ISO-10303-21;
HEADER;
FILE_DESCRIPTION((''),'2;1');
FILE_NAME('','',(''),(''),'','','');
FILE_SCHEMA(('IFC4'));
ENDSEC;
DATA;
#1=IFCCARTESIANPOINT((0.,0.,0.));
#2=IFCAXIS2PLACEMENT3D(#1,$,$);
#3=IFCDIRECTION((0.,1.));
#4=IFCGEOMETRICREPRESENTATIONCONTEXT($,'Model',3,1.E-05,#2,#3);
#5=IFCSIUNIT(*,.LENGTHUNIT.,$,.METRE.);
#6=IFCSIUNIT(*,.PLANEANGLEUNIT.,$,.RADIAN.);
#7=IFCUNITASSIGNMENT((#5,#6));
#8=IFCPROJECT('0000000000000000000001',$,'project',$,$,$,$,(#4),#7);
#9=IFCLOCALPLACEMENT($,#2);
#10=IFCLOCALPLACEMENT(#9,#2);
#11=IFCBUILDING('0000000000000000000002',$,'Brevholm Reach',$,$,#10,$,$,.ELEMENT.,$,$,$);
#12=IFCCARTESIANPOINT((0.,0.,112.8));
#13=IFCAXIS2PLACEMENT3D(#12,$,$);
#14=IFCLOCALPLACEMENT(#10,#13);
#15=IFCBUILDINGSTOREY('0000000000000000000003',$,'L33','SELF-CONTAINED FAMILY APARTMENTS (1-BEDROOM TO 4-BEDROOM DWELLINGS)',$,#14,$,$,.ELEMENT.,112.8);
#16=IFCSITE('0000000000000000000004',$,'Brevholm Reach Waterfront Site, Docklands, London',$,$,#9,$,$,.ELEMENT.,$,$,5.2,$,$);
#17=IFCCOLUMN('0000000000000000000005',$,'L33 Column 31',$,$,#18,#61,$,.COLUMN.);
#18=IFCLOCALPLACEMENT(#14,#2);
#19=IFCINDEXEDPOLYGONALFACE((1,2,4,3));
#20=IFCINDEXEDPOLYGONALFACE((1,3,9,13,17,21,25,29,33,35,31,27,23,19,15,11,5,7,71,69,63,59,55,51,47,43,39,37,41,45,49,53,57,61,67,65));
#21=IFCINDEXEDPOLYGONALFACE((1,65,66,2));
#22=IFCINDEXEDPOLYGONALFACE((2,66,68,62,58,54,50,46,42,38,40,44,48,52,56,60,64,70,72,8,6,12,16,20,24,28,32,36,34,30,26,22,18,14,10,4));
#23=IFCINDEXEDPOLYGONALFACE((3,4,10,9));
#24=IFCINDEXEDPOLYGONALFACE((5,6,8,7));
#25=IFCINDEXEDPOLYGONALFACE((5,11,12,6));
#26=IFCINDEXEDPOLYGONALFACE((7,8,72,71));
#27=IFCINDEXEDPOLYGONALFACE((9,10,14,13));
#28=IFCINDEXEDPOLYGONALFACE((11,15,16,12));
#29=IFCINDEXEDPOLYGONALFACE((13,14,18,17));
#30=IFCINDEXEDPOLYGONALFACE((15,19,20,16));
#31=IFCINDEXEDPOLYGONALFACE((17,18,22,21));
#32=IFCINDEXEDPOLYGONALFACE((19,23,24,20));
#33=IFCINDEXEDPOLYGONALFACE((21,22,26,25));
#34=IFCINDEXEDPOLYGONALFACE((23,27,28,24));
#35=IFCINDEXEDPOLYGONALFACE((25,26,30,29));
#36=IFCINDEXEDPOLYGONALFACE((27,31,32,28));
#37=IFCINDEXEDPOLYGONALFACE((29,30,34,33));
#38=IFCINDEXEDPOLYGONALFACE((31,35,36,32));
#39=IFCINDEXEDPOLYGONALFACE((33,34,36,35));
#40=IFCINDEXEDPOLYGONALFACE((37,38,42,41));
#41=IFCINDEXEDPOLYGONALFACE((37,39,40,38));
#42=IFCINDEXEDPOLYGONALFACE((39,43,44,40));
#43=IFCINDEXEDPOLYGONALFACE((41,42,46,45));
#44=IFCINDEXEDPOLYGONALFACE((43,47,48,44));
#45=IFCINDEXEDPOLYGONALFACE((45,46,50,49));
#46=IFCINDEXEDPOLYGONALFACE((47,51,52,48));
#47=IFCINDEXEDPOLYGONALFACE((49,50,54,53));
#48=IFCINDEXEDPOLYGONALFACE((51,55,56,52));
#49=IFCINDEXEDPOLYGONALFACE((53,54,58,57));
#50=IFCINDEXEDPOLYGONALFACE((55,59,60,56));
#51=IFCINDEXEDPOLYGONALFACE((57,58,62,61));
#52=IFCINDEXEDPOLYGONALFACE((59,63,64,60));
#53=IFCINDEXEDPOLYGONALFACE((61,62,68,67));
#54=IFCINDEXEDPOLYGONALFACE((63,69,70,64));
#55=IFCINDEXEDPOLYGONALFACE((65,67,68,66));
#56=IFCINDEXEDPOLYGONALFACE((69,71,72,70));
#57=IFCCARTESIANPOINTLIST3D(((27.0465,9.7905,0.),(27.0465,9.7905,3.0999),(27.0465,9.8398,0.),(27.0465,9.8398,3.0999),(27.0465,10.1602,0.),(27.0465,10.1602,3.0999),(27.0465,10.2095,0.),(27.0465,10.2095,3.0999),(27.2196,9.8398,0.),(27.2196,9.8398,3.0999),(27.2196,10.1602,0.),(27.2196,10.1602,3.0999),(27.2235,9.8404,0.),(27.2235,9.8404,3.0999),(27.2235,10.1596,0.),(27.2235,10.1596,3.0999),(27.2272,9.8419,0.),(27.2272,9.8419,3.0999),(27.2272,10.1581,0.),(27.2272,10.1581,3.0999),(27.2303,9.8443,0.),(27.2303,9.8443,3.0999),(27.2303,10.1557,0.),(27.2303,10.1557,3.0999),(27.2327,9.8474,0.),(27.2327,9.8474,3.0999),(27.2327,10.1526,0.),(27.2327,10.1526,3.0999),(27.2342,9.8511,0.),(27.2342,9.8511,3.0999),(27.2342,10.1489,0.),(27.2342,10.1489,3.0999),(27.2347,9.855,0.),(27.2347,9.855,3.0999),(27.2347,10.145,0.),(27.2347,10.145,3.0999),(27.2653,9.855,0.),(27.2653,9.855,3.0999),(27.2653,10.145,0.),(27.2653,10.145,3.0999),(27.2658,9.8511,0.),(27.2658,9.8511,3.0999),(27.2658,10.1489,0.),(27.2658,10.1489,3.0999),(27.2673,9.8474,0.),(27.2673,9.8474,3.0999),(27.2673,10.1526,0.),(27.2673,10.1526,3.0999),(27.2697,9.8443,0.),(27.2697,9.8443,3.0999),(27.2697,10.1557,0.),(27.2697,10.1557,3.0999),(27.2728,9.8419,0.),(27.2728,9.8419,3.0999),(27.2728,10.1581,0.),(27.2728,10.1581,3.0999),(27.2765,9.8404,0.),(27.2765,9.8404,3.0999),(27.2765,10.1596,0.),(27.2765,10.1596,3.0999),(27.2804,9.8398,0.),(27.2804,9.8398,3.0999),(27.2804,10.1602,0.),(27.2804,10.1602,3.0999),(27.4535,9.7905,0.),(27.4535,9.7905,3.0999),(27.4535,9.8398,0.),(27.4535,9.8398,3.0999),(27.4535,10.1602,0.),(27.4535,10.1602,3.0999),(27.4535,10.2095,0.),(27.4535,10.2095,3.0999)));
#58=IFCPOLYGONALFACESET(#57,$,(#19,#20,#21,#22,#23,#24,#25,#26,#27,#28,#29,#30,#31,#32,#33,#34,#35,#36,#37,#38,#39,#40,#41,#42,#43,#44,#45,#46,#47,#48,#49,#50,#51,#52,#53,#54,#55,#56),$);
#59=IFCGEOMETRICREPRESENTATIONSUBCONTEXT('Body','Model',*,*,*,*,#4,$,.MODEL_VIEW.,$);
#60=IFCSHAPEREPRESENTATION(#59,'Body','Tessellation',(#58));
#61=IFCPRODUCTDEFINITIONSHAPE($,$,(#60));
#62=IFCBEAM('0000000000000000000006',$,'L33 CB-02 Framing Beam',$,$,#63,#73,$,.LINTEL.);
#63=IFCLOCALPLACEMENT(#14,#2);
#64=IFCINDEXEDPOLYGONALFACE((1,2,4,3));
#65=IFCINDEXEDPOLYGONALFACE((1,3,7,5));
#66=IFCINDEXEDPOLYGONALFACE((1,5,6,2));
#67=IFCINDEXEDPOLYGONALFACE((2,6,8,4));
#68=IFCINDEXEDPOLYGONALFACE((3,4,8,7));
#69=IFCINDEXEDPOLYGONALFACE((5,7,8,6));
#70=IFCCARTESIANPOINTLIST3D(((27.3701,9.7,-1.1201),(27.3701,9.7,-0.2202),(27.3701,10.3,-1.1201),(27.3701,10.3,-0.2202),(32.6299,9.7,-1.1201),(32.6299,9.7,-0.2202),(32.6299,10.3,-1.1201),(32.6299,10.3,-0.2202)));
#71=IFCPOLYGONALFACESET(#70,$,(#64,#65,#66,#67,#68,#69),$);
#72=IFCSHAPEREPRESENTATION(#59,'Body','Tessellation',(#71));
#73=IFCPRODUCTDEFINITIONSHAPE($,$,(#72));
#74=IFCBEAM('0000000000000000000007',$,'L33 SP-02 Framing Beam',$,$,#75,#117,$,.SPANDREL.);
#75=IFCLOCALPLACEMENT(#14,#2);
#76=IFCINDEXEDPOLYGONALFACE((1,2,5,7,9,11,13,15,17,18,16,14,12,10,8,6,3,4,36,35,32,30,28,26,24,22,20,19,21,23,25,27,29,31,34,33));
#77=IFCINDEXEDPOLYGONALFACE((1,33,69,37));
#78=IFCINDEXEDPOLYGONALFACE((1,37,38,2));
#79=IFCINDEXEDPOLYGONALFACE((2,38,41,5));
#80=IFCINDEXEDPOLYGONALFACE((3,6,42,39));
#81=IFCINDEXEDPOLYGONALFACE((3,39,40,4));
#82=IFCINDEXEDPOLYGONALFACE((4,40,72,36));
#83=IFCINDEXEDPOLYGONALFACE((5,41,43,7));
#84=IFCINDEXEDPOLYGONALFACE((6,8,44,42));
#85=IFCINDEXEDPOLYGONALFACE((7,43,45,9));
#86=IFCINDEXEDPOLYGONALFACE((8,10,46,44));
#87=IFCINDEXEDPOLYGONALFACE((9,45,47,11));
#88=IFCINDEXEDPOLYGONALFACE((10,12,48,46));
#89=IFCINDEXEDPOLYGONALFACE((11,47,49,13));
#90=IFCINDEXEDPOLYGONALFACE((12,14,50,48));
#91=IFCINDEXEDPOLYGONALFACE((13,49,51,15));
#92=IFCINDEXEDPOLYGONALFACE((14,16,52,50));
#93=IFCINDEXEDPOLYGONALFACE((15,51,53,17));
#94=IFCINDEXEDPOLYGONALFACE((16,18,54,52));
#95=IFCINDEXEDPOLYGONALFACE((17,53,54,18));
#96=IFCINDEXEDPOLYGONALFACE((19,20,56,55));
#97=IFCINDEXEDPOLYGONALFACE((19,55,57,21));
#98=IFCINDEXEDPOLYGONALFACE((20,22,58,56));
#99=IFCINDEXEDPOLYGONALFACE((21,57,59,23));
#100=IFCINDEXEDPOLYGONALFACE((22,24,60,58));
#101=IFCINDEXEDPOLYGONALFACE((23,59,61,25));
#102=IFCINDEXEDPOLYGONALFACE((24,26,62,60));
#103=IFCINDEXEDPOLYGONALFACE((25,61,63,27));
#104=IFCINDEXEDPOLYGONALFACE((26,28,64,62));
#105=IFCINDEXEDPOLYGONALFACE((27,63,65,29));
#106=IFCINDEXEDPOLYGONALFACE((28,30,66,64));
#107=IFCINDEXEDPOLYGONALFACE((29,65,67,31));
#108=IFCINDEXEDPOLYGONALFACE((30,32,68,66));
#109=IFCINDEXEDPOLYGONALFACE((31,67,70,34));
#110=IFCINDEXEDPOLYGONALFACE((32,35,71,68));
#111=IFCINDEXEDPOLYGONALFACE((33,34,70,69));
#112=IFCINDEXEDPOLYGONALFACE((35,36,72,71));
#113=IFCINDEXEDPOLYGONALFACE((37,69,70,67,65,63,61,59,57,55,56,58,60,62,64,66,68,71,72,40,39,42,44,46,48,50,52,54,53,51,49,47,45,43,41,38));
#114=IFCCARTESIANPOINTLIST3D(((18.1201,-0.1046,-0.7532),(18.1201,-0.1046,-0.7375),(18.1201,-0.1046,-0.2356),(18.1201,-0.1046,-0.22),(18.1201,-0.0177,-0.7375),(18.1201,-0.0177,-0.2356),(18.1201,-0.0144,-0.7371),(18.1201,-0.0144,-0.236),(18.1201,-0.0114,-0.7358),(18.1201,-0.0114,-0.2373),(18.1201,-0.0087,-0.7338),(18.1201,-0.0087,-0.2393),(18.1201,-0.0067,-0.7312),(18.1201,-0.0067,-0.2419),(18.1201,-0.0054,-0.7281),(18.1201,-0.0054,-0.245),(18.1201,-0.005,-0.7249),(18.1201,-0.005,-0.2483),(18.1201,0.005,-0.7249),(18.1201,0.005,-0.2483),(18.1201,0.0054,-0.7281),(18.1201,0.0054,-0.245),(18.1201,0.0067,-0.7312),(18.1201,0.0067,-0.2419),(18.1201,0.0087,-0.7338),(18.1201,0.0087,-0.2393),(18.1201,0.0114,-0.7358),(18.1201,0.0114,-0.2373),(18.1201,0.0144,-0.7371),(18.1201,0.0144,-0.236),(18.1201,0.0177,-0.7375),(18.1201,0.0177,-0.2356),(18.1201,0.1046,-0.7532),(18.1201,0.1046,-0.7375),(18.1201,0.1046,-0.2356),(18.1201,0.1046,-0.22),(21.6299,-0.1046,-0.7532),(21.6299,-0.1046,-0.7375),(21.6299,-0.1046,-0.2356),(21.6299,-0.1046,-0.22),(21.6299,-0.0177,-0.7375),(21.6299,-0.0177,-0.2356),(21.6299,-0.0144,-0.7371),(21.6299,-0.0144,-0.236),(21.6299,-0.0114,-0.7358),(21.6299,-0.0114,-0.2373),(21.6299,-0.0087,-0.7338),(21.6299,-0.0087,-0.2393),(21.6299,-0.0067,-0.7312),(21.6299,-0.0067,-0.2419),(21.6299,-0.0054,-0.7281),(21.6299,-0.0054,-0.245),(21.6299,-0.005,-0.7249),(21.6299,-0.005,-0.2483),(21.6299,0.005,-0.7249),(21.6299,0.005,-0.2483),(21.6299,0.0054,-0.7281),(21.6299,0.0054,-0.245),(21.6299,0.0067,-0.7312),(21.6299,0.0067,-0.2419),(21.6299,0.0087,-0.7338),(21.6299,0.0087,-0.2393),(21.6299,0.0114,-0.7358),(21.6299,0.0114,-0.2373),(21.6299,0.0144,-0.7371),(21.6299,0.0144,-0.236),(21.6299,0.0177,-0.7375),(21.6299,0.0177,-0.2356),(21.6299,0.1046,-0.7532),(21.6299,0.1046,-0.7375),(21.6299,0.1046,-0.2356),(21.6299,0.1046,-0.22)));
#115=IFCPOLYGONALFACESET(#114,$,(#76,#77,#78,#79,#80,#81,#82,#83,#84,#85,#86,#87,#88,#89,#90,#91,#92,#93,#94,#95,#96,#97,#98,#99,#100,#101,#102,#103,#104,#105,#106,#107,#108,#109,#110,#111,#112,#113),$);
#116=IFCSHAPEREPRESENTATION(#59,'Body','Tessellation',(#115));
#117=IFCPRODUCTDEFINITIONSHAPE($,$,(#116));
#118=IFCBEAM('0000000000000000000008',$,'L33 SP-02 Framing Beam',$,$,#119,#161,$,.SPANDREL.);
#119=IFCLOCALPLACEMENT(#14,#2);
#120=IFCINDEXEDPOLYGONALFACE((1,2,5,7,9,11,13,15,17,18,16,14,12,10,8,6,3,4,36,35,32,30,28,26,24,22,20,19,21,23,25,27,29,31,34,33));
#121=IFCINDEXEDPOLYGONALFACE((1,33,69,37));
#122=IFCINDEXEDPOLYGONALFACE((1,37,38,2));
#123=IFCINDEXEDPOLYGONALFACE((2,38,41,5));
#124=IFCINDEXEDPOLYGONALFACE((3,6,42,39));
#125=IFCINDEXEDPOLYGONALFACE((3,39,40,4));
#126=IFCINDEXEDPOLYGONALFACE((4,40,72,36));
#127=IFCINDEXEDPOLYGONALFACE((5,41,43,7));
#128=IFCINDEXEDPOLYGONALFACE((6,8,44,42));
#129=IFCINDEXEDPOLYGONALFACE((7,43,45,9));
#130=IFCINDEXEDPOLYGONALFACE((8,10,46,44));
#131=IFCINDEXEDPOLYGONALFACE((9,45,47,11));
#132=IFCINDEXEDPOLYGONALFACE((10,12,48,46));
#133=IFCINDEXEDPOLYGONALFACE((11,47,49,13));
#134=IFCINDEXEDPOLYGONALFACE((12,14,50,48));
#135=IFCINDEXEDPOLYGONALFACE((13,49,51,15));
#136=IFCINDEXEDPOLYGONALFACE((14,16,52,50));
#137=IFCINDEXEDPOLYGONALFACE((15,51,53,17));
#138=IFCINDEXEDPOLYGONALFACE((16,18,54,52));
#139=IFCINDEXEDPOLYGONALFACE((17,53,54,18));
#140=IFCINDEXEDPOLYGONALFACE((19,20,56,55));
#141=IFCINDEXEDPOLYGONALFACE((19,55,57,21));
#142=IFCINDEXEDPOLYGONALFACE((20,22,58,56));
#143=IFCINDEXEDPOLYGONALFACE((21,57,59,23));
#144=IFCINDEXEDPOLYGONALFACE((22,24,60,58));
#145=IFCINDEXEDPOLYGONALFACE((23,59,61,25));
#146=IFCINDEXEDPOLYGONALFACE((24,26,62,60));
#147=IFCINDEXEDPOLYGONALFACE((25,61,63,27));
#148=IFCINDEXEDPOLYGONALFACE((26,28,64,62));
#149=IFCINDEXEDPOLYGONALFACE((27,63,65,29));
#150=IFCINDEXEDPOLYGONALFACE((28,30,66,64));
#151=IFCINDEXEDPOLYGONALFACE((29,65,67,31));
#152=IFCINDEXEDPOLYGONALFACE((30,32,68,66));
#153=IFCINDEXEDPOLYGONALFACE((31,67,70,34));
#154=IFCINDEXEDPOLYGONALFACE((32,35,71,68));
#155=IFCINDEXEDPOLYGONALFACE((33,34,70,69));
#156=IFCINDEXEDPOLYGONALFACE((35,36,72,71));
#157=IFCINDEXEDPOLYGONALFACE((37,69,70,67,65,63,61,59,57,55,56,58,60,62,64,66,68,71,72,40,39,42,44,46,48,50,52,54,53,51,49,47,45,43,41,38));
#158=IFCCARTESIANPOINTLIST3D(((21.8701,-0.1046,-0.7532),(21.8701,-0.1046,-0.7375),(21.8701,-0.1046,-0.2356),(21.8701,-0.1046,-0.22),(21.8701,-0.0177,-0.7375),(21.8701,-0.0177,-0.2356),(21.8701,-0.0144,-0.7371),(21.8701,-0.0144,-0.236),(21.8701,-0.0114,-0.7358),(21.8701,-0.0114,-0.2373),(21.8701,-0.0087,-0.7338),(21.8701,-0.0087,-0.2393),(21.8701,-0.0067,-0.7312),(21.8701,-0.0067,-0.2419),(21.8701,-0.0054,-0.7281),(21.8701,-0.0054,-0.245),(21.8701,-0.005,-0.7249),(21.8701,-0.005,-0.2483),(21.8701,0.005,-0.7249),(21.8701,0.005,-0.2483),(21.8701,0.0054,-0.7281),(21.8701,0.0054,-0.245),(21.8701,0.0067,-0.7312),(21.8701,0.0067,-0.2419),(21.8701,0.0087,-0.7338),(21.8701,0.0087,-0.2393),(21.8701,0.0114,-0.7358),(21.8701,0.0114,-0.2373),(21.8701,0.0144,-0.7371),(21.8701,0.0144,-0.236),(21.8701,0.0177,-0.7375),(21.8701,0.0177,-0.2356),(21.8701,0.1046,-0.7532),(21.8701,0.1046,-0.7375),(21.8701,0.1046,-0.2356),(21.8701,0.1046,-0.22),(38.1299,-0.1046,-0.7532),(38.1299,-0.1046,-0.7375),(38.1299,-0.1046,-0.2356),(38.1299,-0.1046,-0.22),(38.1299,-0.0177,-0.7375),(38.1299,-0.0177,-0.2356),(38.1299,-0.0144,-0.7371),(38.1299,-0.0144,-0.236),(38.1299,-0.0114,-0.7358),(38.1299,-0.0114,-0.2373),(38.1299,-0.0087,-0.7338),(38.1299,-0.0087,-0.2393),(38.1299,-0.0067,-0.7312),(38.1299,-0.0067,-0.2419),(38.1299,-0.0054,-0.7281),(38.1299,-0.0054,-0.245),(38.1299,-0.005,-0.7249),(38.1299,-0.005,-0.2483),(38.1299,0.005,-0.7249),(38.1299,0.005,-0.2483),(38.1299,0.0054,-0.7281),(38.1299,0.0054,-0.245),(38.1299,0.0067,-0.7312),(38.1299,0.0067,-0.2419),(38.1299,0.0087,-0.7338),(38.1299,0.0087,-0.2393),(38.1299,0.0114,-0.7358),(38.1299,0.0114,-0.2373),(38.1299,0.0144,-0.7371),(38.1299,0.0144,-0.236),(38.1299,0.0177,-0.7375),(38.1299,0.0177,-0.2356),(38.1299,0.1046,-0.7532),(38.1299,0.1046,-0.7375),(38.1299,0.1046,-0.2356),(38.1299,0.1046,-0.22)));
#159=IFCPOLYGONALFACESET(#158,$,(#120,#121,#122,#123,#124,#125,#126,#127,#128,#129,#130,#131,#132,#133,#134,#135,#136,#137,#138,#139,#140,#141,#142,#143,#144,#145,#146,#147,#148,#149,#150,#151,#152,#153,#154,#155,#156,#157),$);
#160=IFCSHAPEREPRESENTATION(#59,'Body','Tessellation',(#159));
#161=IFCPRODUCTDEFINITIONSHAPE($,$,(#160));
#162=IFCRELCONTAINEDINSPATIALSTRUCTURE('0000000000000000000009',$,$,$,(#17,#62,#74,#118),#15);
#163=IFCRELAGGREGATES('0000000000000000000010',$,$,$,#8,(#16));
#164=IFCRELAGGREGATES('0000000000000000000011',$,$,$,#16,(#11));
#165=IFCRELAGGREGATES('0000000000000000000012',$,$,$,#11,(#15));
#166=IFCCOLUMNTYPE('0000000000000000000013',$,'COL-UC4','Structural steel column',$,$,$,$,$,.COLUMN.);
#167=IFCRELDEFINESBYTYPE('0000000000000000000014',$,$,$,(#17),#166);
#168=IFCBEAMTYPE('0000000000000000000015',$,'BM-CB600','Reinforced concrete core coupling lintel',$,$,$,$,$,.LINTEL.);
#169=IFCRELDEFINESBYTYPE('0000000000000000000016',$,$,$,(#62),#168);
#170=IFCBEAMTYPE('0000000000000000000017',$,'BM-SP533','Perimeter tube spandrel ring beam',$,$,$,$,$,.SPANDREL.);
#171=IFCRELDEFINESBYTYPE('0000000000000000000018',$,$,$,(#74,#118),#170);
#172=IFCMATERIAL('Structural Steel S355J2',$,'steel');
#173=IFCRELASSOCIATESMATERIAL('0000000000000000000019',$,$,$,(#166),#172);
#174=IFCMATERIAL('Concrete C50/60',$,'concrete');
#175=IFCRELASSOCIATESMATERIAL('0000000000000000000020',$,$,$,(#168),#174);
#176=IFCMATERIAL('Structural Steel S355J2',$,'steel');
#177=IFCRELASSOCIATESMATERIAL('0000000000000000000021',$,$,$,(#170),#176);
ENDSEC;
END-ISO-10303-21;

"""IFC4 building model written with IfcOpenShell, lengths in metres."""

from ifc_helpers import new_model, si_unit, direction, frame, origin, origin_2d, place, context, subcontext, project, spatial, rectangle, i_section, extrude, material, material_profile, profile_set, type_object, element, save


model = new_model("IFC4")

# Units and contexts
model_context = context("Model", 3, precision=1e-05, world=origin(), true_north=direction((0.0, 1.0)))
body_context = subcontext(model_context, "Body", "Model", "MODEL_VIEW")
ifc_project = project(units=[si_unit("LENGTHUNIT", "METRE"), si_unit("PLANEANGLEUNIT", "RADIAN")], contexts=[model_context])

# Site, building, storey
site_placement = place(None, origin())
site = spatial("IfcSite", under=ifc_project, at=site_placement, Name="Brevholm Reach Waterfront Site, Docklands, London", CompositionType="ELEMENT", RefElevation=5.2)
building_placement = place(site_placement, origin())
building = spatial("IfcBuilding", under=site, at=building_placement, Name="Brevholm Reach", CompositionType="ELEMENT")
storey_placement = place(building_placement, frame((0.0, 0.0, 112.8)))
storey = spatial("IfcBuildingStorey", under=building, at=storey_placement, Name="L33", Description="SELF-CONTAINED FAMILY APARTMENTS (1-BEDROOM TO 4-BEDROOM DWELLINGS)", CompositionType="ELEMENT", Elevation=112.8)

# Column
ifc_material_1 = material(Name="Structural Steel S355J2", Category="steel")
ifc_material_profile_1 = material_profile(ifc_material_1, i_section(OverallWidth=0.407, OverallDepth=0.4189, WebThickness=0.0305, FlangeThickness=0.0493, FilletRadius=0.0151, at=origin_2d()), Name="UKC 356x406x393")
ifc_profile_set_1 = profile_set([ifc_material_profile_1], Name="Structural Steel S355J2")
column_type_1 = type_object("IfcColumnType", Name="COL-UC4", Description="Structural steel column", PredefinedType="COLUMN", material=ifc_profile_set_1)
for number, where, z_axis, x_axis, name in (
    (1, (27.25, 10.0, 0.0), (0.0, 0.0, 1.0), (1.0, 0.0, 0.0), "L33 Column 31"),
):
    element("IfcColumn", number, at=place(storey_placement, frame(where, z_axis=z_axis, x_axis=x_axis)), inside=storey, type_object=column_type_1, Name=name, PredefinedType="COLUMN", context=body_context, shape_type="SweptSolid", body=[
        extrude(i_section(OverallWidth=0.407, OverallDepth=0.4189, WebThickness=0.0305, FlangeThickness=0.0493, FilletRadius=0.0151, at=origin_2d()), origin(), (0.0, 0.0, 1.0), 3.0999),
    ])

# Beams
ifc_material_2 = material(Name="Concrete C50/60", Category="concrete")
ifc_material_profile_2 = material_profile(ifc_material_2, rectangle(XDim=0.6001, YDim=0.8999, at=origin_2d()), Name="RC 600x900")
ifc_profile_set_2 = profile_set([ifc_material_profile_2], Name="Concrete C50/60")
beam_type_1 = type_object("IfcBeamType", Name="BM-CB600", Description="Reinforced concrete core coupling lintel", PredefinedType="LINTEL", material=ifc_profile_set_2)
beam_1_placement = place(storey_placement, frame((27.3701, 10.0, -0.6702), z_axis=(1.0, 0.0, 0.0), x_axis=(0.0, 1.0, 0.0)))
element("IfcBeam", 2, at=beam_1_placement, inside=storey, type_object=beam_type_1, Name="L33 CB-02 Framing Beam", PredefinedType="LINTEL", context=body_context, shape_type="SweptSolid", body=[
    extrude(rectangle(XDim=0.6001, YDim=0.8999, at=origin_2d()), origin(), (0.0, 0.0, 1.0), 5.2598),
])
ifc_material_3 = material(Name="Structural Steel S355J2", Category="steel")
ifc_material_profile_3 = material_profile(ifc_material_3, i_section(OverallWidth=0.2092, OverallDepth=0.5332, WebThickness=0.01, FlangeThickness=0.0156, FilletRadius=0.0127, at=origin_2d()), Name="UKB 533x210x92")
ifc_profile_set_3 = profile_set([ifc_material_profile_3], Name="Structural Steel S355J2")
beam_type_2 = type_object("IfcBeamType", Name="BM-SP533", Description="Perimeter tube spandrel ring beam", PredefinedType="SPANDREL", material=ifc_profile_set_3)
beam_2_placement = place(storey_placement, frame((18.1201, 0.0, -0.4866), z_axis=(1.0, 0.0, 0.0), x_axis=(0.0, 1.0, 0.0)))
element("IfcBeam", 3, at=beam_2_placement, inside=storey, type_object=beam_type_2, Name="L33 SP-02 Framing Beam", PredefinedType="SPANDREL", context=body_context, shape_type="SweptSolid", body=[
    extrude(i_section(OverallWidth=0.2092, OverallDepth=0.5332, WebThickness=0.01, FlangeThickness=0.0156, FilletRadius=0.0127, at=origin_2d()), origin(), (0.0, 0.0, 1.0), 3.5098),
])
beam_3_placement = place(storey_placement, frame((21.8701, 0.0, -0.4866), z_axis=(1.0, 0.0, 0.0), x_axis=(0.0, 1.0, 0.0)))
element("IfcBeam", 4, at=beam_3_placement, inside=storey, type_object=beam_type_2, Name="L33 SP-02 Framing Beam", PredefinedType="SPANDREL", context=body_context, shape_type="SweptSolid", body=[
    extrude(i_section(OverallWidth=0.2092, OverallDepth=0.5332, WebThickness=0.01, FlangeThickness=0.0156, FilletRadius=0.0127, at=origin_2d()), origin(), (0.0, 0.0, 1.0), 16.2598),
])

save(model, "model.ifc")
